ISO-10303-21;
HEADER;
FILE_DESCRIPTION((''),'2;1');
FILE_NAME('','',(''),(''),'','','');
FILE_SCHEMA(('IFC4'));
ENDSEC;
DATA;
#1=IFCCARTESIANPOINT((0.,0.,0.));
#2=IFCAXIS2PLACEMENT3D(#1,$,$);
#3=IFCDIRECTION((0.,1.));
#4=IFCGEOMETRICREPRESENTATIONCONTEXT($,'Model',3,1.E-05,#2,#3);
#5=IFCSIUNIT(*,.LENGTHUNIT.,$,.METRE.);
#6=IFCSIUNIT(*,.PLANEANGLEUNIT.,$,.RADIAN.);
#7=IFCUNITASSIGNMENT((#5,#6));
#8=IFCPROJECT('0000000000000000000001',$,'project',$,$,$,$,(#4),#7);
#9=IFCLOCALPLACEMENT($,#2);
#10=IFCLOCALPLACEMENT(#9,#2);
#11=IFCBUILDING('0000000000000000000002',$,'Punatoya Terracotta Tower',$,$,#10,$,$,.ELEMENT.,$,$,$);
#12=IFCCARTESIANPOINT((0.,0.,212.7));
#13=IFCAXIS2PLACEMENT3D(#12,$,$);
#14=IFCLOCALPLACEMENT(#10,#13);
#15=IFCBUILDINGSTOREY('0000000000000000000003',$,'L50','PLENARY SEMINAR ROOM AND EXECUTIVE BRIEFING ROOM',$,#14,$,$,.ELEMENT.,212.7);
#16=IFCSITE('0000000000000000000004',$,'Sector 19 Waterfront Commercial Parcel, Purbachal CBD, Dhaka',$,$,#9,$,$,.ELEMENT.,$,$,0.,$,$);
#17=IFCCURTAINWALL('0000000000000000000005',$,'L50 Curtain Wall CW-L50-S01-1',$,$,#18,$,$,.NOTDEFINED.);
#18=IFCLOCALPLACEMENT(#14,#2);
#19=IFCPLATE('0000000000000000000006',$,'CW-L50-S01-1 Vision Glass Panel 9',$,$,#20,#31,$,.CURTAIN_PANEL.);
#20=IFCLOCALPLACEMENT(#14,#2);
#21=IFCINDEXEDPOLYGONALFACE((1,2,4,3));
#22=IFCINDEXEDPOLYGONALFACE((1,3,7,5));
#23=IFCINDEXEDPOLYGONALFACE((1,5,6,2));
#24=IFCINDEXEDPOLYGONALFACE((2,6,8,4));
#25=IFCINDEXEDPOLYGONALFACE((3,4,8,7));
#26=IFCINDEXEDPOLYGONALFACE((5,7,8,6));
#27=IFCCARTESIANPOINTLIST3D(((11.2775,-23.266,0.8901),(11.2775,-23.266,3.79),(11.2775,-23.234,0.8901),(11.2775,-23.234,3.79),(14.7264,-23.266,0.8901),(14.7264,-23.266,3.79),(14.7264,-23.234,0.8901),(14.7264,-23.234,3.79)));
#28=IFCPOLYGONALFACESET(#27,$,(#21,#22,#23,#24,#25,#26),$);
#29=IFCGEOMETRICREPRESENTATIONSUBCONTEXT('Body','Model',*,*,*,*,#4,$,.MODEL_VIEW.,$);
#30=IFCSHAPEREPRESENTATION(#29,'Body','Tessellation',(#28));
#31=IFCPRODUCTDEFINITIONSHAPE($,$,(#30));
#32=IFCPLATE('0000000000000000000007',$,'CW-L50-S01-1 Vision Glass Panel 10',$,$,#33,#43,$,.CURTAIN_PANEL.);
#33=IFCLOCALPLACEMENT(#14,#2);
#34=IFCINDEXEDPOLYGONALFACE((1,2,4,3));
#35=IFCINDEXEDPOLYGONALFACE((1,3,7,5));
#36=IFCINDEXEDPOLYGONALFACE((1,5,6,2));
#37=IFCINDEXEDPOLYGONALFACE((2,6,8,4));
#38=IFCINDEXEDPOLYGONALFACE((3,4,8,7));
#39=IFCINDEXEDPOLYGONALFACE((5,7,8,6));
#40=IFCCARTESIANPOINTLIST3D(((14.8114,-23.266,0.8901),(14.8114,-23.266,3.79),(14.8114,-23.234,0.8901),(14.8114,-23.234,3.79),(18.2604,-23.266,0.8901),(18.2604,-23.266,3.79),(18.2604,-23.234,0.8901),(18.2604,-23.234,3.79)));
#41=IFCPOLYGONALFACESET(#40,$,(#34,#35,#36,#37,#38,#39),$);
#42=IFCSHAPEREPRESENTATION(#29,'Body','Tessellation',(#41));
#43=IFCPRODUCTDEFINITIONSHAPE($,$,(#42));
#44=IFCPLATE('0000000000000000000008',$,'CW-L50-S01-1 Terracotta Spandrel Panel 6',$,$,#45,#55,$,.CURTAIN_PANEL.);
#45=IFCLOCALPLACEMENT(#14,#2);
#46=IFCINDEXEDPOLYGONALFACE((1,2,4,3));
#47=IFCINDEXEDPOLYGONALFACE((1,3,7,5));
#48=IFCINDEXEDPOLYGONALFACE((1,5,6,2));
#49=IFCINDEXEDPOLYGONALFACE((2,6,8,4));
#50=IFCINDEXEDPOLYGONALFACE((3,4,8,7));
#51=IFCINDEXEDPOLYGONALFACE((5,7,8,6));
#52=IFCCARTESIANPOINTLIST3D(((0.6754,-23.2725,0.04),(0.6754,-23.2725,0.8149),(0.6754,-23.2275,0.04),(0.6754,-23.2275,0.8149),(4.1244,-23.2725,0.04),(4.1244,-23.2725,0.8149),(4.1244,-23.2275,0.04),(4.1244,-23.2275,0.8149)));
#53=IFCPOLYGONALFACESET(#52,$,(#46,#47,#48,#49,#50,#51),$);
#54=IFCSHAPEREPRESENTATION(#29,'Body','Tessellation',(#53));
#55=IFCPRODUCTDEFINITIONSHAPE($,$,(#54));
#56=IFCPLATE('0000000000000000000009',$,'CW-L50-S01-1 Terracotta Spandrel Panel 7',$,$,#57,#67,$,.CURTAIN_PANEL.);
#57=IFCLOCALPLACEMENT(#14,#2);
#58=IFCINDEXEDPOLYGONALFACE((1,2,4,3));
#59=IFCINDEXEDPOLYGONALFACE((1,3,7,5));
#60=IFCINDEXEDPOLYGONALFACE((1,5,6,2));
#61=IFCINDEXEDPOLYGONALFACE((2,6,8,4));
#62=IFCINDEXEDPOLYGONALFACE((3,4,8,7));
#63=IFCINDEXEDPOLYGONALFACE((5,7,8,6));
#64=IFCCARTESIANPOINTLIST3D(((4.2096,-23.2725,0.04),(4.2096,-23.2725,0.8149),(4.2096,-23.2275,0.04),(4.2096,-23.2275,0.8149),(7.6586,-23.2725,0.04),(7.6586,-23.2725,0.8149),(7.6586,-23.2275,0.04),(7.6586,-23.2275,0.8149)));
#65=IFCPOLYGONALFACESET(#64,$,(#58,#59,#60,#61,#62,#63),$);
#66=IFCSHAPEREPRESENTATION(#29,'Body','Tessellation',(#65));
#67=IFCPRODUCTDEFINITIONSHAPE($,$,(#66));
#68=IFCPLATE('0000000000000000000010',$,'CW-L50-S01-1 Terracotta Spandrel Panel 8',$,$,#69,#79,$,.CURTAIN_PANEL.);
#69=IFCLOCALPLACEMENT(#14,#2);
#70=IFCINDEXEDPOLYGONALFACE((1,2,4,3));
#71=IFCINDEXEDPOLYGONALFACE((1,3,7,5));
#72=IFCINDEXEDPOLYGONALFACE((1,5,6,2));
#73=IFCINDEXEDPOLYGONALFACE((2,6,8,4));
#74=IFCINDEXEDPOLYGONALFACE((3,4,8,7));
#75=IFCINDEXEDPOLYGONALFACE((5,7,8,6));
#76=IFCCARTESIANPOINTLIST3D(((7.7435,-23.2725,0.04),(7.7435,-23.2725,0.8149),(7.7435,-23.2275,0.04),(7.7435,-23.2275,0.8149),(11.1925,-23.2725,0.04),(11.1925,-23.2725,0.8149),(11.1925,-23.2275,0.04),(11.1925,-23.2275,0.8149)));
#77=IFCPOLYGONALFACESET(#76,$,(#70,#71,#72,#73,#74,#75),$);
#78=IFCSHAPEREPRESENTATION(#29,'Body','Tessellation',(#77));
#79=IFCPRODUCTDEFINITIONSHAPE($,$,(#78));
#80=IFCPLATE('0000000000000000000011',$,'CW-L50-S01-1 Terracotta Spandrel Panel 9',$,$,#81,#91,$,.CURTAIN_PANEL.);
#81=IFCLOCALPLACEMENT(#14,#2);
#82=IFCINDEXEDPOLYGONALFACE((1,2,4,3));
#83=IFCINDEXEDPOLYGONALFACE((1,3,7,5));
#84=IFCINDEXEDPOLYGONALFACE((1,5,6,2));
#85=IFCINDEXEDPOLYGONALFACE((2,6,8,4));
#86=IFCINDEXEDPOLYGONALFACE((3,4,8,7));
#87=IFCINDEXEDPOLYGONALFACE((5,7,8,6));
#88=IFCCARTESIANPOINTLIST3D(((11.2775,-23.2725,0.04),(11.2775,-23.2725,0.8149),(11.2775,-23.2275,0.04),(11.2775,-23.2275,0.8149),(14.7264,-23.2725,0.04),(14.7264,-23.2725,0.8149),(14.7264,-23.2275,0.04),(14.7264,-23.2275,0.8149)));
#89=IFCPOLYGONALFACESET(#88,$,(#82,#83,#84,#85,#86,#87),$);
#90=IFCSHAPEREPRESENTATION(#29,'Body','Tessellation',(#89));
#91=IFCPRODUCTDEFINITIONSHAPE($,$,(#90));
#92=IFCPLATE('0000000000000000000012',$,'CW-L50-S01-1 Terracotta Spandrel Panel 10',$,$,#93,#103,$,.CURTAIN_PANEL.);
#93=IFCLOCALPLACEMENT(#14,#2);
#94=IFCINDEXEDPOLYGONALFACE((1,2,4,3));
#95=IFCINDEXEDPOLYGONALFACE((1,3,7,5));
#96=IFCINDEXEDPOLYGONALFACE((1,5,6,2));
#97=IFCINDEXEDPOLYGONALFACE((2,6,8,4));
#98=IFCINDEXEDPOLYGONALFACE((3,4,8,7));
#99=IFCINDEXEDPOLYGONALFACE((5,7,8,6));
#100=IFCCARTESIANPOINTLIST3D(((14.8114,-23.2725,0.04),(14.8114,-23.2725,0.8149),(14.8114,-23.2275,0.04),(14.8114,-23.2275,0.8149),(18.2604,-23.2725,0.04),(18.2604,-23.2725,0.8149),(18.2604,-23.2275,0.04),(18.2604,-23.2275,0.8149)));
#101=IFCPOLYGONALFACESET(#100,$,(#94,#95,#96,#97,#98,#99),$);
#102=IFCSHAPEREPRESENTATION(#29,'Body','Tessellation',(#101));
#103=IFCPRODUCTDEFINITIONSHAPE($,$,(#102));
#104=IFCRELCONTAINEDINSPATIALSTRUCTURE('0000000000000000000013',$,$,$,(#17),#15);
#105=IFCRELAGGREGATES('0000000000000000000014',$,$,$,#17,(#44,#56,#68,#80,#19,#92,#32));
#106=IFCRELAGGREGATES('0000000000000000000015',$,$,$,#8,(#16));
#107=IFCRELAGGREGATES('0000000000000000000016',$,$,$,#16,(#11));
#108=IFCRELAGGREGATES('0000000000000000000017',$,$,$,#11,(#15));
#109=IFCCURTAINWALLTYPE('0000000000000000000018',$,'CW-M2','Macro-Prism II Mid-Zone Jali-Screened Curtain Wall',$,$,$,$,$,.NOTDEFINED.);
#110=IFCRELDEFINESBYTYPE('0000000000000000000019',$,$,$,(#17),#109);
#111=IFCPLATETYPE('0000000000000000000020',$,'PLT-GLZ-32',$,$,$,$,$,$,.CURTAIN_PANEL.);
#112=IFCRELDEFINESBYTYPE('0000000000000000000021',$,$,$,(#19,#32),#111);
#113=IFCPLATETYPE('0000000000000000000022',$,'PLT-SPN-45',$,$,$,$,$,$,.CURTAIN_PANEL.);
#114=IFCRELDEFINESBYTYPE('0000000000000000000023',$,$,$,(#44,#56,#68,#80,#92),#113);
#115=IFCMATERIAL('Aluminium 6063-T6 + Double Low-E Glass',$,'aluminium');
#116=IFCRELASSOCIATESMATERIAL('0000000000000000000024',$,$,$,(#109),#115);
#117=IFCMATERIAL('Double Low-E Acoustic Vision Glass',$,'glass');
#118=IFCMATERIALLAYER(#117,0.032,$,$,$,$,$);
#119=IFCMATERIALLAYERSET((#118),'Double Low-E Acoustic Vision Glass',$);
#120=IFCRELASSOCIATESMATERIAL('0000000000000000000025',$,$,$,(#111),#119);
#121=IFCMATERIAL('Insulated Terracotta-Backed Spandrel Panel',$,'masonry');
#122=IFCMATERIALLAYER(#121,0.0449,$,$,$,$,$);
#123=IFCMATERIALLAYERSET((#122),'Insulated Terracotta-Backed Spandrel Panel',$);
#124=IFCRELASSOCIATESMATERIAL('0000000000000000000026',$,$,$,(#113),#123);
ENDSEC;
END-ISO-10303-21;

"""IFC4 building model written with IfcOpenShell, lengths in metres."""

from ifc_helpers import new_model, si_unit, direction, frame, origin, origin_2d, place, context, subcontext, project, spatial, rectangle, extrude, material, layer, layer_set, type_object, element, aggregate, save


model = new_model("IFC4")

# Units and contexts
model_context = context("Model", 3, precision=1e-05, world=origin(), true_north=direction((0.0, 1.0)))
body_context = subcontext(model_context, "Body", "Model", "MODEL_VIEW")
ifc_project = project(units=[si_unit("LENGTHUNIT", "METRE"), si_unit("PLANEANGLEUNIT", "RADIAN")], contexts=[model_context])

# Site, building, storey
site_placement = place(None, origin())
site = spatial("IfcSite", under=ifc_project, at=site_placement, Name="Sector 19 Waterfront Commercial Parcel, Purbachal CBD, Dhaka", CompositionType="ELEMENT", RefElevation=0.0)
building_placement = place(site_placement, origin())
building = spatial("IfcBuilding", under=site, at=building_placement, Name="Punatoya Terracotta Tower", CompositionType="ELEMENT")
storey_placement = place(building_placement, frame((0.0, 0.0, 212.7)))
storey = spatial("IfcBuildingStorey", under=building, at=storey_placement, Name="L50", Description="PLENARY SEMINAR ROOM AND EXECUTIVE BRIEFING ROOM", CompositionType="ELEMENT", Elevation=212.7)

# Curtain wall, plates
ifc_material_1 = material(Name="Aluminium 6063-T6 + Double Low-E Glass", Category="aluminium")
curtain_wall_type = type_object("IfcCurtainWallType", Name="CW-M2", Description="Macro-Prism II Mid-Zone Jali-Screened Curtain Wall", PredefinedType="NOTDEFINED", material=ifc_material_1)
curtain_wall_placement = place(storey_placement, origin())
curtain_wall = element("IfcCurtainWall", 1, at=curtain_wall_placement, inside=storey, type_object=curtain_wall_type, Name="L50 Curtain Wall CW-L50-S01-1", PredefinedType="NOTDEFINED")
ifc_material_2 = material(Name="Double Low-E Acoustic Vision Glass", Category="glass")
ifc_layer_1 = layer(ifc_material_2, 0.032)
ifc_layer_set_1 = layer_set([ifc_layer_1], Name="Double Low-E Acoustic Vision Glass")
plate_type_1 = type_object("IfcPlateType", Name="PLT-GLZ-32", PredefinedType="CURTAIN_PANEL", material=ifc_layer_set_1)
plate_1_placement = place(storey_placement, frame((13.002, -23.25, 0.8901), z_axis=(0.0, 0.0, 1.0), x_axis=(1.0, 0.0, 0.0)))
plate_1 = element("IfcPlate", 2, at=plate_1_placement, type_object=plate_type_1, Name="CW-L50-S01-1 Vision Glass Panel 9", PredefinedType="CURTAIN_PANEL", context=body_context, shape_type="SweptSolid", body=[
    extrude(rectangle(XDim=3.449, YDim=0.032, at=origin_2d()), origin(), (0.0, 0.0, 1.0), 2.8999),
])
plate_2_placement = place(storey_placement, frame((16.5359, -23.25, 0.8901), z_axis=(0.0, 0.0, 1.0), x_axis=(1.0, 0.0, 0.0)))
plate_2 = element("IfcPlate", 3, at=plate_2_placement, type_object=plate_type_1, Name="CW-L50-S01-1 Vision Glass Panel 10", PredefinedType="CURTAIN_PANEL", context=body_context, shape_type="SweptSolid", body=[
    extrude(rectangle(XDim=3.449, YDim=0.032, at=origin_2d()), origin(), (0.0, 0.0, 1.0), 2.8999),
])
ifc_material_3 = material(Name="Insulated Terracotta-Backed Spandrel Panel", Category="masonry")
ifc_layer_2 = layer(ifc_material_3, 0.0449)
ifc_layer_set_2 = layer_set([ifc_layer_2], Name="Insulated Terracotta-Backed Spandrel Panel")
plate_type_2 = type_object("IfcPlateType", Name="PLT-SPN-45", PredefinedType="CURTAIN_PANEL", material=ifc_layer_set_2)
plate_3_placement = place(storey_placement, frame((2.3999, -23.25, 0.04), z_axis=(0.0, 0.0, 1.0), x_axis=(1.0, 0.0, 0.0)))
plate_3 = element("IfcPlate", 4, at=plate_3_placement, type_object=plate_type_2, Name="CW-L50-S01-1 Terracotta Spandrel Panel 6", PredefinedType="CURTAIN_PANEL", context=body_context, shape_type="SweptSolid", body=[
    extrude(rectangle(XDim=3.449, YDim=0.0449, at=origin_2d()), origin(), (0.0, 0.0, 1.0), 0.7749),
])
plate_4_placement = place(storey_placement, frame((5.9341, -23.25, 0.04), z_axis=(0.0, 0.0, 1.0), x_axis=(1.0, 0.0, 0.0)))
plate_4 = element("IfcPlate", 5, at=plate_4_placement, type_object=plate_type_2, Name="CW-L50-S01-1 Terracotta Spandrel Panel 7", PredefinedType="CURTAIN_PANEL", context=body_context, shape_type="SweptSolid", body=[
    extrude(rectangle(XDim=3.449, YDim=0.0449, at=origin_2d()), origin(), (0.0, 0.0, 1.0), 0.7749),
])
plate_5_placement = place(storey_placement, frame((9.468, -23.25, 0.04), z_axis=(0.0, 0.0, 1.0), x_axis=(1.0, 0.0, 0.0)))
plate_5 = element("IfcPlate", 6, at=plate_5_placement, type_object=plate_type_2, Name="CW-L50-S01-1 Terracotta Spandrel Panel 8", PredefinedType="CURTAIN_PANEL", context=body_context, shape_type="SweptSolid", body=[
    extrude(rectangle(XDim=3.449, YDim=0.0449, at=origin_2d()), origin(), (0.0, 0.0, 1.0), 0.7749),
])
plate_6_placement = place(storey_placement, frame((13.002, -23.25, 0.04), z_axis=(0.0, 0.0, 1.0), x_axis=(1.0, 0.0, 0.0)))
plate_6 = element("IfcPlate", 7, at=plate_6_placement, type_object=plate_type_2, Name="CW-L50-S01-1 Terracotta Spandrel Panel 9", PredefinedType="CURTAIN_PANEL", context=body_context, shape_type="SweptSolid", body=[
    extrude(rectangle(XDim=3.449, YDim=0.0449, at=origin_2d()), origin(), (0.0, 0.0, 1.0), 0.7749),
])
plate_7_placement = place(storey_placement, frame((16.5359, -23.25, 0.04), z_axis=(0.0, 0.0, 1.0), x_axis=(1.0, 0.0, 0.0)))
plate_7 = element("IfcPlate", 8, at=plate_7_placement, type_object=plate_type_2, Name="CW-L50-S01-1 Terracotta Spandrel Panel 10", PredefinedType="CURTAIN_PANEL", context=body_context, shape_type="SweptSolid", body=[
    extrude(rectangle(XDim=3.449, YDim=0.0449, at=origin_2d()), origin(), (0.0, 0.0, 1.0), 0.7749),
])
aggregate(curtain_wall, [plate_3, plate_4, plate_5, plate_6, plate_1, plate_7, plate_2])

save(model, "model.ifc")
